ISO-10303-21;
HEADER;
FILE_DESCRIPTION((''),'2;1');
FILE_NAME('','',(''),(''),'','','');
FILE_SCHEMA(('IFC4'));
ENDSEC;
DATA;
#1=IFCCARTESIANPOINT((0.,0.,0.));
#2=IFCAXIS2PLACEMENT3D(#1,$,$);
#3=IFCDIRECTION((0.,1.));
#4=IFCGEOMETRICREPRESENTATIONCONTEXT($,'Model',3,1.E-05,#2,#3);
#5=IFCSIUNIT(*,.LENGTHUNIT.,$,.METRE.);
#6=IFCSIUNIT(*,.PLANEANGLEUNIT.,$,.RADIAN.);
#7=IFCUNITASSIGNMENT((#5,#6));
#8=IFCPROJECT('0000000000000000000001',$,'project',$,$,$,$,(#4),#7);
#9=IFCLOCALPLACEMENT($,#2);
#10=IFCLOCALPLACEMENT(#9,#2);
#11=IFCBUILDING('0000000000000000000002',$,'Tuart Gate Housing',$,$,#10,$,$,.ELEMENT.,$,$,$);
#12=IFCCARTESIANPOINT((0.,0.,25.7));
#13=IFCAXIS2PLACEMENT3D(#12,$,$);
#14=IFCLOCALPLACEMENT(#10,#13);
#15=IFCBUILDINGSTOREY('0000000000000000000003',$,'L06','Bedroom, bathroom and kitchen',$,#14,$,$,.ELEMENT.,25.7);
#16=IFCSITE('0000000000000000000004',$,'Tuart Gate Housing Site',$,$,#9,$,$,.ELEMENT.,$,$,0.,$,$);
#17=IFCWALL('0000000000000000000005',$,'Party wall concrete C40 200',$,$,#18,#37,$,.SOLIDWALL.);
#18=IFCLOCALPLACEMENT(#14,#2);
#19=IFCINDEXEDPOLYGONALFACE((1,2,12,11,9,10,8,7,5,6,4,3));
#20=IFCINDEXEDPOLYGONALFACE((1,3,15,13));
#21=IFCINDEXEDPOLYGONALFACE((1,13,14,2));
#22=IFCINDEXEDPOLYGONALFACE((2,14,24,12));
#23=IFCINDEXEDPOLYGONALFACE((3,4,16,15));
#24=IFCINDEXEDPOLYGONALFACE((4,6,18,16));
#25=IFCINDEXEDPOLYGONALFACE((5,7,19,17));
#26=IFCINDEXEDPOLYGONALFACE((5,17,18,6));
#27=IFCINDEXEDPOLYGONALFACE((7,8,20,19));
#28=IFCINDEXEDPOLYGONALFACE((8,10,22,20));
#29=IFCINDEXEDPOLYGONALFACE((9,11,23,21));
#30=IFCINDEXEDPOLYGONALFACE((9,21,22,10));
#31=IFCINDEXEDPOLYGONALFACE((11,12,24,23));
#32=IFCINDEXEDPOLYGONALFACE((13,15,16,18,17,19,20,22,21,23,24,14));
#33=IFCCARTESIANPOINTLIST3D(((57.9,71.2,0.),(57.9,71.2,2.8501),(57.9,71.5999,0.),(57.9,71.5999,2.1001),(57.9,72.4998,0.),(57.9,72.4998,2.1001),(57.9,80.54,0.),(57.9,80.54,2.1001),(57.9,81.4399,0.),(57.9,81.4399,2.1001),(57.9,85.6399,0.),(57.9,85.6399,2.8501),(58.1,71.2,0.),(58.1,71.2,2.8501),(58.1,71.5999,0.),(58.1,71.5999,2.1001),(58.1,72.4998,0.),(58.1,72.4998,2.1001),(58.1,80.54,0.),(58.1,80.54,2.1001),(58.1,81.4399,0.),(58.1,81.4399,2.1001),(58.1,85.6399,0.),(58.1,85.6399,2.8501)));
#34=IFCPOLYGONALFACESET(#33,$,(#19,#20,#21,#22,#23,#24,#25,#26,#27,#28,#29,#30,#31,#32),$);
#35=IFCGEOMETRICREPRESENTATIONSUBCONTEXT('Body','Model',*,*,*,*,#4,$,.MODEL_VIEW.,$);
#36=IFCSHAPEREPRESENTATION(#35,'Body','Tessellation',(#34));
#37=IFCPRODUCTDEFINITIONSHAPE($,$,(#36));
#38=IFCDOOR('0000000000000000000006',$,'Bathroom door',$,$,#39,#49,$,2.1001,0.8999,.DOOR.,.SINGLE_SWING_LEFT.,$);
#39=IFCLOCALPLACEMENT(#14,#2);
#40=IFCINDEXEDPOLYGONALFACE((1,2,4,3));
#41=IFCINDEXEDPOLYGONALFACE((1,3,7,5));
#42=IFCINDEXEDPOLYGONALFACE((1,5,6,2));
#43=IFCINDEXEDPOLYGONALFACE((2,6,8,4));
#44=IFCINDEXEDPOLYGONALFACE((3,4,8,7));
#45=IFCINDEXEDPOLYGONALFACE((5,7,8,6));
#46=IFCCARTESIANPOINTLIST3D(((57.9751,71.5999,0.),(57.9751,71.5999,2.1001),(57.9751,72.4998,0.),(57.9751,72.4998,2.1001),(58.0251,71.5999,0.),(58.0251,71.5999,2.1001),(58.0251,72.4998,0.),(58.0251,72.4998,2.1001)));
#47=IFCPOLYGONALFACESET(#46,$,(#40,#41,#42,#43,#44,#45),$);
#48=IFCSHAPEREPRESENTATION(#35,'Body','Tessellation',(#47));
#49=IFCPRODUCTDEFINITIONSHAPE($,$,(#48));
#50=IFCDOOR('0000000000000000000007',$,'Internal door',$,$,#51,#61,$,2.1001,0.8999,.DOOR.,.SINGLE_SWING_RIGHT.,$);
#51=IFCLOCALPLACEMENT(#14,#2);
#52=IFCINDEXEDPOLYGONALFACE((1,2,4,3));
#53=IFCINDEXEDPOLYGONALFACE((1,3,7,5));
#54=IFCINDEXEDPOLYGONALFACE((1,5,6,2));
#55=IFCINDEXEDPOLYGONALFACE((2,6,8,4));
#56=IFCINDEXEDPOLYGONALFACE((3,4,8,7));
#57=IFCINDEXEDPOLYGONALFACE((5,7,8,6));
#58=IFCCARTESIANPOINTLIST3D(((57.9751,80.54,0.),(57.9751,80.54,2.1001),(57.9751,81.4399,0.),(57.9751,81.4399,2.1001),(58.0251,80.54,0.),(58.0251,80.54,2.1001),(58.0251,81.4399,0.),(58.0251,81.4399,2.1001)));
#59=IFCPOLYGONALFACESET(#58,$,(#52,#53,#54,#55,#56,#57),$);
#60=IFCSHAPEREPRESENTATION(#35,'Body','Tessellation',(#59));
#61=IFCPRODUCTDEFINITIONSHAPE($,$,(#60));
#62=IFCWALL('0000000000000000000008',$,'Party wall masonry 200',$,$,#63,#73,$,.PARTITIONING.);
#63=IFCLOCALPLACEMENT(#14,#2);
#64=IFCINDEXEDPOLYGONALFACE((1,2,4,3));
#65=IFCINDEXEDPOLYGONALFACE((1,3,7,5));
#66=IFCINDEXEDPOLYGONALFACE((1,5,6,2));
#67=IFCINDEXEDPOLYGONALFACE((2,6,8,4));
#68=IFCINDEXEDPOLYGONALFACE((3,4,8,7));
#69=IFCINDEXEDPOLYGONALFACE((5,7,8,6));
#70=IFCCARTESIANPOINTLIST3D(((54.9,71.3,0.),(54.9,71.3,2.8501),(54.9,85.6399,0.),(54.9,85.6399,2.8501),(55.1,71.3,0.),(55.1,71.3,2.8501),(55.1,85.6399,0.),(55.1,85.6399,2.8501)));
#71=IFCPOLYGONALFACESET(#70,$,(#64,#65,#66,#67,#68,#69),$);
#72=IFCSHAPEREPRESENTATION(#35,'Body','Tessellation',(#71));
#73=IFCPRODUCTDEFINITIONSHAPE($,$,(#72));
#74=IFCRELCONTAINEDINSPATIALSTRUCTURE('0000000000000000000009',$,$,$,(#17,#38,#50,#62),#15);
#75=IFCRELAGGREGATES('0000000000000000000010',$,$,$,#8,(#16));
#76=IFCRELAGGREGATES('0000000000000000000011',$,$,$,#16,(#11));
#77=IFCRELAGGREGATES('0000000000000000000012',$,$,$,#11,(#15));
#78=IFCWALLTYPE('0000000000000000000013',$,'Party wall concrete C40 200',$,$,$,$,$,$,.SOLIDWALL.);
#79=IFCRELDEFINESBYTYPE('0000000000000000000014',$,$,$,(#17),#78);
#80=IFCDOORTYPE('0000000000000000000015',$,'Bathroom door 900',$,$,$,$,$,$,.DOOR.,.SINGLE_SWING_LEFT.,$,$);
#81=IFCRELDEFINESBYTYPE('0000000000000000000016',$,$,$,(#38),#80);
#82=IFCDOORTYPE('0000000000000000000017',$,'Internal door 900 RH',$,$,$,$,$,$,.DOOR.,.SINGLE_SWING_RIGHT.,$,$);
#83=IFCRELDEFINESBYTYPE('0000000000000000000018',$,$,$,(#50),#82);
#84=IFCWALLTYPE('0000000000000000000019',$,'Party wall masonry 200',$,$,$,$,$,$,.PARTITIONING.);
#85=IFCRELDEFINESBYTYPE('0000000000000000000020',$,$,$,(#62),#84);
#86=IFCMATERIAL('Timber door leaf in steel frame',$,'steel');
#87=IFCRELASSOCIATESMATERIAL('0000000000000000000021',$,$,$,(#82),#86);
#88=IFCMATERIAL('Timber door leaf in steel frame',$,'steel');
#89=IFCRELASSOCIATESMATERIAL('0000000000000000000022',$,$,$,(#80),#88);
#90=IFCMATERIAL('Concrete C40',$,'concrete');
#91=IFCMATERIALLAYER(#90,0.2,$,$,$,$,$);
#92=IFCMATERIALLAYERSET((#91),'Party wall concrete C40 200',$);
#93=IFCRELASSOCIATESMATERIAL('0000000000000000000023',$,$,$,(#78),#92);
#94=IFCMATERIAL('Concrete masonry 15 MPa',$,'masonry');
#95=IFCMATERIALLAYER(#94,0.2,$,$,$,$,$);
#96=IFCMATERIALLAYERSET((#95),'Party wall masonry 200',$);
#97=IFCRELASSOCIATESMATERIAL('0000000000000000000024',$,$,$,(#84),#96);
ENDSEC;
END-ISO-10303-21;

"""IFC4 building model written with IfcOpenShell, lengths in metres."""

from ifc_helpers import new_model, si_unit, direction, frame, frame_2d, origin, place, context, subcontext, project, spatial, rectangle, extrude, material, layer, layer_set, type_object, element, fill, save


model = new_model("IFC4")

# Units and contexts
model_context = context("Model", 3, precision=1e-05, world=origin(), true_north=direction((0.0, 1.0)))
body_context = subcontext(model_context, "Body", "Model", "MODEL_VIEW")
ifc_project = project(units=[si_unit("LENGTHUNIT", "METRE"), si_unit("PLANEANGLEUNIT", "RADIAN")], contexts=[model_context])

# Site, building, storey
site_placement = place(None, origin())
site = spatial("IfcSite", under=ifc_project, at=site_placement, Name="Tuart Gate Housing Site", CompositionType="ELEMENT", RefElevation=0.0)
building_placement = place(site_placement, origin())
building = spatial("IfcBuilding", under=site, at=building_placement, Name="Tuart Gate Housing", CompositionType="ELEMENT")
storey_placement = place(building_placement, frame((0.0, 0.0, 25.7)))
storey = spatial("IfcBuildingStorey", under=building, at=storey_placement, Name="L06", Description="Bedroom, bathroom and kitchen", CompositionType="ELEMENT", Elevation=25.7)

# Shared definitions
ifc_material_1 = material(Name="Timber door leaf in steel frame", Category="steel")
door_type_1 = type_object("IfcDoorType", Name="Internal door 900 RH", OperationType="SINGLE_SWING_RIGHT", PredefinedType="DOOR", material=ifc_material_1)

# Shared definitions
ifc_material_2 = material(Name="Timber door leaf in steel frame", Category="steel")
door_type_2 = type_object("IfcDoorType", Name="Bathroom door 900", OperationType="SINGLE_SWING_LEFT", PredefinedType="DOOR", material=ifc_material_2)

# Shared definitions
ifc_material_3 = material(Name="Concrete C40", Category="concrete")
ifc_layer_1 = layer(ifc_material_3, 0.2)
ifc_layer_set_1 = layer_set([ifc_layer_1], Name="Party wall concrete C40 200")
wall_type_1 = type_object("IfcWallType", Name="Party wall concrete C40 200", PredefinedType="SOLIDWALL", material=ifc_layer_set_1)

# Wall, openings, doors
wall_1_placement = place(storey_placement, frame((58.0, 71.2, 0.0), z_axis=(0.0, 0.0, 1.0), x_axis=(0.0, 1.0, 0.0)))
wall_1 = element("IfcWall", 1, at=wall_1_placement, inside=storey, type_object=wall_type_1, Name="Party wall concrete C40 200", PredefinedType="SOLIDWALL", context=body_context, shape_type="SweptSolid", body=[
    extrude(rectangle(XDim=14.4399, YDim=0.2, at=frame_2d((7.22, 0.0))), origin(), (0.0, 0.0, 1.0), 2.8501),
])
opening_1_placement = place(wall_1_placement, frame((9.3401, 0.0, 0.0)))
opening_1 = element("IfcOpeningElement", 2, at=opening_1_placement, cuts=wall_1, PredefinedType="OPENING", context=body_context, shape_type="SweptSolid", body=[
    extrude(rectangle(XDim=0.8999, YDim=2.1001, at=frame_2d((0.45, 1.05))), frame((0.0, 0.1099, 0.0), z_axis=(0.0, -1.0, 0.0), x_axis=(1.0, 0.0, 0.0)), (0.0, 0.0, 1.0), 0.22),
])
opening_2_placement = place(wall_1_placement, frame((0.3999, 0.0, 0.0)))
opening_2 = element("IfcOpeningElement", 3, at=opening_2_placement, cuts=wall_1, PredefinedType="OPENING", context=body_context, shape_type="SweptSolid", body=[
    extrude(rectangle(XDim=0.8999, YDim=2.1001, at=frame_2d((0.45, 1.05))), frame((0.0, 0.1099, 0.0), z_axis=(0.0, -1.0, 0.0), x_axis=(1.0, 0.0, 0.0)), (0.0, 0.0, 1.0), 0.22),
])
door_1_placement = place(opening_2_placement, origin())
door_1 = element("IfcDoor", 4, at=door_1_placement, inside=storey, type_object=door_type_2, Name="Bathroom door", OperationType="SINGLE_SWING_LEFT", OverallHeight=2.1001, OverallWidth=0.8999, PredefinedType="DOOR", context=body_context, shape_type="SweptSolid", body=[
    extrude(rectangle(XDim=0.8999, YDim=2.1001, at=frame_2d((0.45, 1.05))), frame((0.0, 0.0249, 0.0), z_axis=(0.0, -1.0, 0.0), x_axis=(1.0, 0.0, 0.0)), (0.0, 0.0, 1.0), 0.05),
])
fill(opening_2, door_1)
door_2_placement = place(opening_1_placement, origin())
door_2 = element("IfcDoor", 5, at=door_2_placement, inside=storey, type_object=door_type_1, Name="Internal door", OperationType="SINGLE_SWING_RIGHT", OverallHeight=2.1001, OverallWidth=0.8999, PredefinedType="DOOR", context=body_context, shape_type="SweptSolid", body=[
    extrude(rectangle(XDim=0.8999, YDim=2.1001, at=frame_2d((0.45, 1.05))), frame((0.0, 0.0249, 0.0), z_axis=(0.0, -1.0, 0.0), x_axis=(1.0, 0.0, 0.0)), (0.0, 0.0, 1.0), 0.05),
])
fill(opening_1, door_2)

# Wall
ifc_material_4 = material(Name="Concrete masonry 15 MPa", Category="masonry")
ifc_layer_2 = layer(ifc_material_4, 0.2)
ifc_layer_set_2 = layer_set([ifc_layer_2], Name="Party wall masonry 200")
wall_type_2 = type_object("IfcWallType", Name="Party wall masonry 200", PredefinedType="PARTITIONING", material=ifc_layer_set_2)
wall_2_placement = place(storey_placement, frame((55.0, 71.3, 0.0), z_axis=(0.0, 0.0, 1.0), x_axis=(0.0, 1.0, 0.0)))
element("IfcWall", 6, at=wall_2_placement, inside=storey, type_object=wall_type_2, Name="Party wall masonry 200", PredefinedType="PARTITIONING", context=body_context, shape_type="SweptSolid", body=[
    extrude(rectangle(XDim=14.3398, YDim=0.2, at=frame_2d((7.1699, 0.0))), origin(), (0.0, 0.0, 1.0), 2.8501),
])

save(model, "model.ifc")
